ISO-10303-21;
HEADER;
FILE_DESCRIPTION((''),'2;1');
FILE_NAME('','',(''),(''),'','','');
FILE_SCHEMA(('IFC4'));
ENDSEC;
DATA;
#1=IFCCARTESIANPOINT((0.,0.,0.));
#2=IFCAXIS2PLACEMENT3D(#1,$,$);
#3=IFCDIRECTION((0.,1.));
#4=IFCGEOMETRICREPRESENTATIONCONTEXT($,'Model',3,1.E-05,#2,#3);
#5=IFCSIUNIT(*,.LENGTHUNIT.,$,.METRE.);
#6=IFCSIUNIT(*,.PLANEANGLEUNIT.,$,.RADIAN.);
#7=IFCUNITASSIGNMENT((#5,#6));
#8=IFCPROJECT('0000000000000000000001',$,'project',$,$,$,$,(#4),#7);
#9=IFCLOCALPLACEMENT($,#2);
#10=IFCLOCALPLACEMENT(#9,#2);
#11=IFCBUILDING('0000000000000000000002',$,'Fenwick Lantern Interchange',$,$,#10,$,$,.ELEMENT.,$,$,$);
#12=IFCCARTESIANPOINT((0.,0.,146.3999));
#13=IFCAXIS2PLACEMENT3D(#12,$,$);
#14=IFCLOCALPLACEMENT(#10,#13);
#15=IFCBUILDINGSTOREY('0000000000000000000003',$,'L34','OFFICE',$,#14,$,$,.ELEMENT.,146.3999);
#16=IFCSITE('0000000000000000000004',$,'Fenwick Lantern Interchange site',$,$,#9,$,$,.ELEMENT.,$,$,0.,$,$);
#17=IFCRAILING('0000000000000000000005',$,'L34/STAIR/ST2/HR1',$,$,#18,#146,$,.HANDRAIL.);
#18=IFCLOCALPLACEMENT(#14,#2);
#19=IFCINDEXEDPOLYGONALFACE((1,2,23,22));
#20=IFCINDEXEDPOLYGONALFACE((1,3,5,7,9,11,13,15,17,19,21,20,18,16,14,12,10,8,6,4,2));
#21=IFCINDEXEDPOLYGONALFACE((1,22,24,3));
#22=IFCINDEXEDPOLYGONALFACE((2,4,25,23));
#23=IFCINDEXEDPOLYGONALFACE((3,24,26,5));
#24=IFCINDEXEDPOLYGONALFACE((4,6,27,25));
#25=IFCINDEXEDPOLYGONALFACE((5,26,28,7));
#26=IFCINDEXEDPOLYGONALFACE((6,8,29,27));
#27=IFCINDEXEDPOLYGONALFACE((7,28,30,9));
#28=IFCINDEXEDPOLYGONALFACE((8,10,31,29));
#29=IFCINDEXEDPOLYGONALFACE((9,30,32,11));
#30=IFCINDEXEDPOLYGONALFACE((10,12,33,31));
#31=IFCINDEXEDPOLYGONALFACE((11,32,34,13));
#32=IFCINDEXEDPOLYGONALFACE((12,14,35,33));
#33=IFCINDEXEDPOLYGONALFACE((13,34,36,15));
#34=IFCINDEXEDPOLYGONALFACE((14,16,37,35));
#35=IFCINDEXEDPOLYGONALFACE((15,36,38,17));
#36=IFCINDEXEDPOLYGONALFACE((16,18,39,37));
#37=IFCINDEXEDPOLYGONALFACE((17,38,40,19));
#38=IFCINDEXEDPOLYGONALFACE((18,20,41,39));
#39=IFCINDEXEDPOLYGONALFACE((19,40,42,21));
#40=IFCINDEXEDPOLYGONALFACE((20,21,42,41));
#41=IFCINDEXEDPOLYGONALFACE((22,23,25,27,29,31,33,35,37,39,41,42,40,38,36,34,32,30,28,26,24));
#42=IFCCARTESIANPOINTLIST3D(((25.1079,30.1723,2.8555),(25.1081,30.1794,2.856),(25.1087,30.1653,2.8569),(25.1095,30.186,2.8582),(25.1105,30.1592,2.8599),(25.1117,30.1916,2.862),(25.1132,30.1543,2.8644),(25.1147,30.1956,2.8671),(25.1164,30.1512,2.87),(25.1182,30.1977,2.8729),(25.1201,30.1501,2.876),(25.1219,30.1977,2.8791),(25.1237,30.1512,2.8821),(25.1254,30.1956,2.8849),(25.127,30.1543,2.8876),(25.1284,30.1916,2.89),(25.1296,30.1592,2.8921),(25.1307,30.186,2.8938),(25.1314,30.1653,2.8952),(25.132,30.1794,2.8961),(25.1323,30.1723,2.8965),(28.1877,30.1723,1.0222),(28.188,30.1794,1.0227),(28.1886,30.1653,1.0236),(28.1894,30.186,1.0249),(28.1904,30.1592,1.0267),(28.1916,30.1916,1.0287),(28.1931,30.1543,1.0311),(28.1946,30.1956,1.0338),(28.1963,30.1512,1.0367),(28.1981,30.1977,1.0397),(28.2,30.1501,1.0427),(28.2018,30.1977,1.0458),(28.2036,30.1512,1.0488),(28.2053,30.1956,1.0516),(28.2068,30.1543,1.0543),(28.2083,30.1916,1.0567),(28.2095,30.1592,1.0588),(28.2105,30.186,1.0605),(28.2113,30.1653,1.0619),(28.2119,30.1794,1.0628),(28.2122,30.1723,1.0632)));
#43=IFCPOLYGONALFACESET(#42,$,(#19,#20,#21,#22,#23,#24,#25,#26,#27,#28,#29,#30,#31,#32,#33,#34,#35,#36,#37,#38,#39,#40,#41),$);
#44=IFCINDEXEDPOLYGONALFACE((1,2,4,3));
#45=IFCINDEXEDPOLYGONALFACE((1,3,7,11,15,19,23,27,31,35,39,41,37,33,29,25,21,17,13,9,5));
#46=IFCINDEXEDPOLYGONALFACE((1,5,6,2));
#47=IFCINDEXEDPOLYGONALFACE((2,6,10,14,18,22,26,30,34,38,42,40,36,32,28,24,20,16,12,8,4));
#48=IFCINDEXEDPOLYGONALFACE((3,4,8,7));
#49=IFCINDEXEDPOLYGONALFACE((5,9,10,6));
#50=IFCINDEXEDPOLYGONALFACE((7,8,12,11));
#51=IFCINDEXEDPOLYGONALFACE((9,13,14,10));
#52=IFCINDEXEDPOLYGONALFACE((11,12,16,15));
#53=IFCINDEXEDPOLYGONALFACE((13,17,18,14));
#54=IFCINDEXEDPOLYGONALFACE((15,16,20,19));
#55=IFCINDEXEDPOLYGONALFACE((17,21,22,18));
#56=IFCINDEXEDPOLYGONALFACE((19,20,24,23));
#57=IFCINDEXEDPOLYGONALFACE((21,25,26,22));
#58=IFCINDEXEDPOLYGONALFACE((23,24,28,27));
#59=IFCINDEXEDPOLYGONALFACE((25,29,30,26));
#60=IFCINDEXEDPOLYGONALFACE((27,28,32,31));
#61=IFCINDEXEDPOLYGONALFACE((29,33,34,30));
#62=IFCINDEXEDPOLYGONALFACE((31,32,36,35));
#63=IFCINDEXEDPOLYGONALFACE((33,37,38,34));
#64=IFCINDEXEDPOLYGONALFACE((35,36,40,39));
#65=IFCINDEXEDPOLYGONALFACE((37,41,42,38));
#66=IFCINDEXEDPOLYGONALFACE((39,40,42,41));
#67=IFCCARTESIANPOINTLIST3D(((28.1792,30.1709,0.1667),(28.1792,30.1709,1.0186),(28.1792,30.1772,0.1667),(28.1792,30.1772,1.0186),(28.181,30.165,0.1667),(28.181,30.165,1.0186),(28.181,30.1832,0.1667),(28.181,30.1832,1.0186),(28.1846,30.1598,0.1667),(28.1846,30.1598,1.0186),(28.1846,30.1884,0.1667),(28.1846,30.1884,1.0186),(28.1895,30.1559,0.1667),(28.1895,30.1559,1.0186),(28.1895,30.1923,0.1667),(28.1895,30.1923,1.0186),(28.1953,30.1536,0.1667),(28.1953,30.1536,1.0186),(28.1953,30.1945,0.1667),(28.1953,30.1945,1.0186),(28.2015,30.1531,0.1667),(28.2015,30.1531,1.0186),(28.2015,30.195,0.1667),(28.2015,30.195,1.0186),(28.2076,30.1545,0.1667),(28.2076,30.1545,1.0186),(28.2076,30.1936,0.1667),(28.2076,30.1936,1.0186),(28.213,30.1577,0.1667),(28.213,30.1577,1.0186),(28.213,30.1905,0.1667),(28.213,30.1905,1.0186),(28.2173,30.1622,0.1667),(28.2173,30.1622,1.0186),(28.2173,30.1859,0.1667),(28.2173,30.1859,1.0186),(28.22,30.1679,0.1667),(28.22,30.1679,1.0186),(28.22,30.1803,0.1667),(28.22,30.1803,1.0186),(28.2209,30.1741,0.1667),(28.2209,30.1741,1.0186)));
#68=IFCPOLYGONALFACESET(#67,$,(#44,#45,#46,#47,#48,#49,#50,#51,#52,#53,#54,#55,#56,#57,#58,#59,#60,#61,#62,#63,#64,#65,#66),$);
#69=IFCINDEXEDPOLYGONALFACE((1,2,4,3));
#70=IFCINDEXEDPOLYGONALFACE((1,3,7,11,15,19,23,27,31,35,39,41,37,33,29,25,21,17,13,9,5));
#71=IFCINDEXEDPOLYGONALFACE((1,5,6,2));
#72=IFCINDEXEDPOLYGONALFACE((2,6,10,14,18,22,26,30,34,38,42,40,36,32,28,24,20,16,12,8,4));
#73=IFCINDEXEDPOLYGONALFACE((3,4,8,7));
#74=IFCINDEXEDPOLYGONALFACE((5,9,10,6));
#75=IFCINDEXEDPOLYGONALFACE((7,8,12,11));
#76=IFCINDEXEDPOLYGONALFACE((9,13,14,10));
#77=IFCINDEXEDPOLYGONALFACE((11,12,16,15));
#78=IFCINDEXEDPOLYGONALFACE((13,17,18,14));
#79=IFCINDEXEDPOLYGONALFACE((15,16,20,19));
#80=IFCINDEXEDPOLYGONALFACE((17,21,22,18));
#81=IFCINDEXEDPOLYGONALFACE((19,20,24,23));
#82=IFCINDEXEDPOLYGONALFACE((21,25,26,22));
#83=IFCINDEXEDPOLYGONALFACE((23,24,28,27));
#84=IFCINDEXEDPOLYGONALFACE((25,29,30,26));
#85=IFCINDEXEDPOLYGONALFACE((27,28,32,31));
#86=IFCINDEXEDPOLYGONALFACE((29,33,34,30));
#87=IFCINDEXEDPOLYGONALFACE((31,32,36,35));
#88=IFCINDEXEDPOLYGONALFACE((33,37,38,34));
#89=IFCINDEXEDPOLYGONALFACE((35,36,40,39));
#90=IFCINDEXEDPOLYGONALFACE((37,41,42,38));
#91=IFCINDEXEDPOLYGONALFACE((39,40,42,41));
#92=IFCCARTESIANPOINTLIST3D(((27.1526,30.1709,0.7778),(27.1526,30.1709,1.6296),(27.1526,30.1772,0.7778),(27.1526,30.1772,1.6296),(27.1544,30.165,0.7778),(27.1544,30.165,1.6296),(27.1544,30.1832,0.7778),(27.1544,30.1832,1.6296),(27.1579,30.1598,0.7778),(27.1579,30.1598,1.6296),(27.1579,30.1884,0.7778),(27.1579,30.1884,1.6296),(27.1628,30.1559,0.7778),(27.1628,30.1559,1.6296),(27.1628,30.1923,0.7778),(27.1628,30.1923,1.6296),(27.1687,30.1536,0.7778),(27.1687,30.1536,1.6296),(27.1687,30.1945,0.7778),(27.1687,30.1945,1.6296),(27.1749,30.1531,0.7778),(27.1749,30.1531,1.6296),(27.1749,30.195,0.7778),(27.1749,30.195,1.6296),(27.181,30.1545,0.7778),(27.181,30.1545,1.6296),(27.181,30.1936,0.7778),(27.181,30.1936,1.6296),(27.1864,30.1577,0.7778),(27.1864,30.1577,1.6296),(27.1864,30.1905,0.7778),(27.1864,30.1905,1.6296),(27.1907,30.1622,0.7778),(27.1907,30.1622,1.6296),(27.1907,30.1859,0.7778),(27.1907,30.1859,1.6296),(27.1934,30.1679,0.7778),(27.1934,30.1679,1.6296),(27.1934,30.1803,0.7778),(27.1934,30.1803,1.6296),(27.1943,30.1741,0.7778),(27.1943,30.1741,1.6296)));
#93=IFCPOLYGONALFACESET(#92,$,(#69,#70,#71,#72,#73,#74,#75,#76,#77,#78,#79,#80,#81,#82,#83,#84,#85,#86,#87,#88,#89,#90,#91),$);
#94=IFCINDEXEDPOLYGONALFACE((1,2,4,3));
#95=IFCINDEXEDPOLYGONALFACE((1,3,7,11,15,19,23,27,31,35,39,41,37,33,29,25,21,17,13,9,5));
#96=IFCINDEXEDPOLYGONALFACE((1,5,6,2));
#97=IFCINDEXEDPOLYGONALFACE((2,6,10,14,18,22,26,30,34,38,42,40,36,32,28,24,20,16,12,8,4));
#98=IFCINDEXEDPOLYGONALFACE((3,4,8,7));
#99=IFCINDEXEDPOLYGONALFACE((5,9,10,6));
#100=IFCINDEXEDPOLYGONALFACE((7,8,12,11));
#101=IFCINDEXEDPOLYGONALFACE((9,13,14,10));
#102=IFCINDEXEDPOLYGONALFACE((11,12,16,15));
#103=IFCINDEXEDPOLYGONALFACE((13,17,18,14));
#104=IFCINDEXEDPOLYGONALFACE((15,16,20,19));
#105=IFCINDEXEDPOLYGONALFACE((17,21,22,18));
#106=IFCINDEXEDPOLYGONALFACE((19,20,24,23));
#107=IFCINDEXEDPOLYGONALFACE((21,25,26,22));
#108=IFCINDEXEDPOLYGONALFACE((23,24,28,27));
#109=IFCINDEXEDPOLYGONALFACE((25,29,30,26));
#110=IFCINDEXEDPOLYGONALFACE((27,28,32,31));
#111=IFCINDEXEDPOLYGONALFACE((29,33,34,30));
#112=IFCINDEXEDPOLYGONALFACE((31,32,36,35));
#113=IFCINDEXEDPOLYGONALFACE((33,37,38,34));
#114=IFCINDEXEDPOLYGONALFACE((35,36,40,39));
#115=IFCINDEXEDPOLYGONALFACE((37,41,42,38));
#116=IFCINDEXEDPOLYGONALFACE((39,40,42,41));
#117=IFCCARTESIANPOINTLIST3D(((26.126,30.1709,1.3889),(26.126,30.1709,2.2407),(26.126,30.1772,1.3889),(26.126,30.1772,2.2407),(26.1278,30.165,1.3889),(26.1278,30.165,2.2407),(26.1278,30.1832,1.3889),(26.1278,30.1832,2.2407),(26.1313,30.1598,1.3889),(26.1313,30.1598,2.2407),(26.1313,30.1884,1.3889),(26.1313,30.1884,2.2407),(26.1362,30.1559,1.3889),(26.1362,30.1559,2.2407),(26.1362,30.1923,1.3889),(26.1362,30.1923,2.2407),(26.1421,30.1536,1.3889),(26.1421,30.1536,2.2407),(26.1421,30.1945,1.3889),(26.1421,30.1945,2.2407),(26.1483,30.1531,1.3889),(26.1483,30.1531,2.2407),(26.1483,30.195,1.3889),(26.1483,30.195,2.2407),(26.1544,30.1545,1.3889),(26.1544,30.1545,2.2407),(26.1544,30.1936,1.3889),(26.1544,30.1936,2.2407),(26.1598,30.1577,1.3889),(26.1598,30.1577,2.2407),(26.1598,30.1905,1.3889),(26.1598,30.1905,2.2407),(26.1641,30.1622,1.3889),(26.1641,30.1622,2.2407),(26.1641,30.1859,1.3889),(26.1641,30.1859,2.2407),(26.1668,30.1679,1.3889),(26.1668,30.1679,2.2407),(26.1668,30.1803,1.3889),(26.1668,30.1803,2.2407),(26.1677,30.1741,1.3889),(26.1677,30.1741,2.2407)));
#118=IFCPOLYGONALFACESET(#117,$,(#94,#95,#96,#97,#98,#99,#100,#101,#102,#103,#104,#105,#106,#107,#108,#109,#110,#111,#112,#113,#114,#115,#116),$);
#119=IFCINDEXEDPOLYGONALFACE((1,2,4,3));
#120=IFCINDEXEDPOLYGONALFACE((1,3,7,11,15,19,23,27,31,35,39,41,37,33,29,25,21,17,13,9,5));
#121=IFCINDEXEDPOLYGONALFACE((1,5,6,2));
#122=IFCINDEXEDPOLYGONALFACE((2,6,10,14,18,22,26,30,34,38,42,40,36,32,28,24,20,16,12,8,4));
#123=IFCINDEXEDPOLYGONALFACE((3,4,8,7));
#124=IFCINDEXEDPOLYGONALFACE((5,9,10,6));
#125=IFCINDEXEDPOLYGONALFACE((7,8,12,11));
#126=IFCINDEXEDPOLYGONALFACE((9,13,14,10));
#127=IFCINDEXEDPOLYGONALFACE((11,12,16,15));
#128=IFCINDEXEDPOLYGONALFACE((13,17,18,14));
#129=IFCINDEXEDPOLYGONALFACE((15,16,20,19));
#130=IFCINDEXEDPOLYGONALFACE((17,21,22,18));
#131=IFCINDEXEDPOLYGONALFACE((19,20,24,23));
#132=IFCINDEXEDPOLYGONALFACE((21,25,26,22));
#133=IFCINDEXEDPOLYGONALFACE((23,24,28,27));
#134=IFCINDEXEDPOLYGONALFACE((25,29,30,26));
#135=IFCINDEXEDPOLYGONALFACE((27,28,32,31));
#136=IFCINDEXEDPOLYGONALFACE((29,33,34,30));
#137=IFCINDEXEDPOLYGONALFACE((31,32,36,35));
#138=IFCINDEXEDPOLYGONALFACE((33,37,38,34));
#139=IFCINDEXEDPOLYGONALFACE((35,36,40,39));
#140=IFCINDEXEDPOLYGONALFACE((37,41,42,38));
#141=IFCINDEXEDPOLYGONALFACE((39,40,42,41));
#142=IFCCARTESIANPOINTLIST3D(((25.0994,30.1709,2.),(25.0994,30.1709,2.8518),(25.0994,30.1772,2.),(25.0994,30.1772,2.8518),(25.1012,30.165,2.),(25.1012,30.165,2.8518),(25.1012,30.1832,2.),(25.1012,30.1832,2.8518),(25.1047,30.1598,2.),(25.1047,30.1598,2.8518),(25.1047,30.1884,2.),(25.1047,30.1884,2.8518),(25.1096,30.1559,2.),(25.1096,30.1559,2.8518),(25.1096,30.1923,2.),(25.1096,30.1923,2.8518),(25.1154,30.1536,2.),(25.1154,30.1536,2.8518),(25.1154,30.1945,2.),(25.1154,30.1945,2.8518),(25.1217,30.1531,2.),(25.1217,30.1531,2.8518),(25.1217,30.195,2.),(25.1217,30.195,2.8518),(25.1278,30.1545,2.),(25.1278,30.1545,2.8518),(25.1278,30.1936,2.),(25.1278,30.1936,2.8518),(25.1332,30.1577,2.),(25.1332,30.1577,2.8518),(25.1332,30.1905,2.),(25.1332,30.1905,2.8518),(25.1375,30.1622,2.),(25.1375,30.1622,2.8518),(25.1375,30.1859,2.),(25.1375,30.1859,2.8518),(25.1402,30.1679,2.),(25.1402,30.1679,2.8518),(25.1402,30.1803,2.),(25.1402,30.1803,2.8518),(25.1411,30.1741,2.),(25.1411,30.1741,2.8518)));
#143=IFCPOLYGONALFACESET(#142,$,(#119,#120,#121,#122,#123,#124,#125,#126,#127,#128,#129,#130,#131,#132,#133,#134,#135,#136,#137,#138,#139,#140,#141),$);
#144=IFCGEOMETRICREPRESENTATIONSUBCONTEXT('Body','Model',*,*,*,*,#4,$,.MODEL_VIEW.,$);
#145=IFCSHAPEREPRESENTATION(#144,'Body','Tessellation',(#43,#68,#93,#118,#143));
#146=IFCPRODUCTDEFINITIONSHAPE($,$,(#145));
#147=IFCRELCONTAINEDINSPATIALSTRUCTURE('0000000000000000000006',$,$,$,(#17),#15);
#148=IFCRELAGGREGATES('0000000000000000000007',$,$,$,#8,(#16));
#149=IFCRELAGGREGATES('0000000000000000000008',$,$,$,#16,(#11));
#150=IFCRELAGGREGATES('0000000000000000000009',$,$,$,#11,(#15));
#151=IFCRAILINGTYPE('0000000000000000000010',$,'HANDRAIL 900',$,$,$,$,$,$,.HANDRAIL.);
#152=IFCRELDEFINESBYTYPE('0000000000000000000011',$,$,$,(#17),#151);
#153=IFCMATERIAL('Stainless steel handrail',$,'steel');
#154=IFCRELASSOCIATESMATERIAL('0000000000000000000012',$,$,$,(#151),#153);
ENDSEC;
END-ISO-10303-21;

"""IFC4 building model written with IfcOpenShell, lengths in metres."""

from ifc_helpers import new_model, si_unit, direction, frame, origin, origin_2d, place, context, subcontext, project, spatial, circle, extrude, material, type_object, element, save


model = new_model("IFC4")

# Units and contexts
model_context = context("Model", 3, precision=1e-05, world=origin(), true_north=direction((0.0, 1.0)))
body_context = subcontext(model_context, "Body", "Model", "MODEL_VIEW")
ifc_project = project(units=[si_unit("LENGTHUNIT", "METRE"), si_unit("PLANEANGLEUNIT", "RADIAN")], contexts=[model_context])

# Site, building, storey
site_placement = place(None, origin())
site = spatial("IfcSite", under=ifc_project, at=site_placement, Name="Fenwick Lantern Interchange site", CompositionType="ELEMENT", RefElevation=0.0)
building_placement = place(site_placement, origin())
building = spatial("IfcBuilding", under=site, at=building_placement, Name="Fenwick Lantern Interchange", CompositionType="ELEMENT")
storey_placement = place(building_placement, frame((0.0, 0.0, 146.3999)))
storey = spatial("IfcBuildingStorey", under=building, at=storey_placement, Name="L34", Description="OFFICE", CompositionType="ELEMENT", Elevation=146.3999)

# Railing
ifc_material_1 = material(Name="Stainless steel handrail", Category="steel")
railing_type = type_object("IfcRailingType", Name="HANDRAIL 900", PredefinedType="HANDRAIL", material=ifc_material_1)
railing_1_placement = place(storey_placement, frame((28.2, 30.1741, 0.1667)))
element("IfcRailing", 1, at=railing_1_placement, inside=storey, type_object=railing_type, Name="L34/STAIR/ST2/HR1", PredefinedType="HANDRAIL", context=body_context, shape_type="SweptSolid", body=[
    extrude(circle(Radius=0.0239, at=origin_2d()), frame((0.0, 0.0, 0.876), z_axis=(-0.859291, 0.0, 0.511487), x_axis=(0.0, -1.0, 0.0)), (0.0, 0.0, 1.0), 3.5842),
    extrude(circle(Radius=0.021, at=origin_2d()), origin(), (0.0, 0.0, 1.0), 0.8518),
    extrude(circle(Radius=0.021, at=origin_2d()), frame((-1.0266, 0.0, 0.6111)), (0.0, 0.0, 1.0), 0.8518),
    extrude(circle(Radius=0.021, at=origin_2d()), frame((-2.0532, 0.0, 1.2222)), (0.0, 0.0, 1.0), 0.8518),
    extrude(circle(Radius=0.021, at=origin_2d()), frame((-3.0798, 0.0, 1.8333)), (0.0, 0.0, 1.0), 0.8518),
])

save(model, "model.ifc")
